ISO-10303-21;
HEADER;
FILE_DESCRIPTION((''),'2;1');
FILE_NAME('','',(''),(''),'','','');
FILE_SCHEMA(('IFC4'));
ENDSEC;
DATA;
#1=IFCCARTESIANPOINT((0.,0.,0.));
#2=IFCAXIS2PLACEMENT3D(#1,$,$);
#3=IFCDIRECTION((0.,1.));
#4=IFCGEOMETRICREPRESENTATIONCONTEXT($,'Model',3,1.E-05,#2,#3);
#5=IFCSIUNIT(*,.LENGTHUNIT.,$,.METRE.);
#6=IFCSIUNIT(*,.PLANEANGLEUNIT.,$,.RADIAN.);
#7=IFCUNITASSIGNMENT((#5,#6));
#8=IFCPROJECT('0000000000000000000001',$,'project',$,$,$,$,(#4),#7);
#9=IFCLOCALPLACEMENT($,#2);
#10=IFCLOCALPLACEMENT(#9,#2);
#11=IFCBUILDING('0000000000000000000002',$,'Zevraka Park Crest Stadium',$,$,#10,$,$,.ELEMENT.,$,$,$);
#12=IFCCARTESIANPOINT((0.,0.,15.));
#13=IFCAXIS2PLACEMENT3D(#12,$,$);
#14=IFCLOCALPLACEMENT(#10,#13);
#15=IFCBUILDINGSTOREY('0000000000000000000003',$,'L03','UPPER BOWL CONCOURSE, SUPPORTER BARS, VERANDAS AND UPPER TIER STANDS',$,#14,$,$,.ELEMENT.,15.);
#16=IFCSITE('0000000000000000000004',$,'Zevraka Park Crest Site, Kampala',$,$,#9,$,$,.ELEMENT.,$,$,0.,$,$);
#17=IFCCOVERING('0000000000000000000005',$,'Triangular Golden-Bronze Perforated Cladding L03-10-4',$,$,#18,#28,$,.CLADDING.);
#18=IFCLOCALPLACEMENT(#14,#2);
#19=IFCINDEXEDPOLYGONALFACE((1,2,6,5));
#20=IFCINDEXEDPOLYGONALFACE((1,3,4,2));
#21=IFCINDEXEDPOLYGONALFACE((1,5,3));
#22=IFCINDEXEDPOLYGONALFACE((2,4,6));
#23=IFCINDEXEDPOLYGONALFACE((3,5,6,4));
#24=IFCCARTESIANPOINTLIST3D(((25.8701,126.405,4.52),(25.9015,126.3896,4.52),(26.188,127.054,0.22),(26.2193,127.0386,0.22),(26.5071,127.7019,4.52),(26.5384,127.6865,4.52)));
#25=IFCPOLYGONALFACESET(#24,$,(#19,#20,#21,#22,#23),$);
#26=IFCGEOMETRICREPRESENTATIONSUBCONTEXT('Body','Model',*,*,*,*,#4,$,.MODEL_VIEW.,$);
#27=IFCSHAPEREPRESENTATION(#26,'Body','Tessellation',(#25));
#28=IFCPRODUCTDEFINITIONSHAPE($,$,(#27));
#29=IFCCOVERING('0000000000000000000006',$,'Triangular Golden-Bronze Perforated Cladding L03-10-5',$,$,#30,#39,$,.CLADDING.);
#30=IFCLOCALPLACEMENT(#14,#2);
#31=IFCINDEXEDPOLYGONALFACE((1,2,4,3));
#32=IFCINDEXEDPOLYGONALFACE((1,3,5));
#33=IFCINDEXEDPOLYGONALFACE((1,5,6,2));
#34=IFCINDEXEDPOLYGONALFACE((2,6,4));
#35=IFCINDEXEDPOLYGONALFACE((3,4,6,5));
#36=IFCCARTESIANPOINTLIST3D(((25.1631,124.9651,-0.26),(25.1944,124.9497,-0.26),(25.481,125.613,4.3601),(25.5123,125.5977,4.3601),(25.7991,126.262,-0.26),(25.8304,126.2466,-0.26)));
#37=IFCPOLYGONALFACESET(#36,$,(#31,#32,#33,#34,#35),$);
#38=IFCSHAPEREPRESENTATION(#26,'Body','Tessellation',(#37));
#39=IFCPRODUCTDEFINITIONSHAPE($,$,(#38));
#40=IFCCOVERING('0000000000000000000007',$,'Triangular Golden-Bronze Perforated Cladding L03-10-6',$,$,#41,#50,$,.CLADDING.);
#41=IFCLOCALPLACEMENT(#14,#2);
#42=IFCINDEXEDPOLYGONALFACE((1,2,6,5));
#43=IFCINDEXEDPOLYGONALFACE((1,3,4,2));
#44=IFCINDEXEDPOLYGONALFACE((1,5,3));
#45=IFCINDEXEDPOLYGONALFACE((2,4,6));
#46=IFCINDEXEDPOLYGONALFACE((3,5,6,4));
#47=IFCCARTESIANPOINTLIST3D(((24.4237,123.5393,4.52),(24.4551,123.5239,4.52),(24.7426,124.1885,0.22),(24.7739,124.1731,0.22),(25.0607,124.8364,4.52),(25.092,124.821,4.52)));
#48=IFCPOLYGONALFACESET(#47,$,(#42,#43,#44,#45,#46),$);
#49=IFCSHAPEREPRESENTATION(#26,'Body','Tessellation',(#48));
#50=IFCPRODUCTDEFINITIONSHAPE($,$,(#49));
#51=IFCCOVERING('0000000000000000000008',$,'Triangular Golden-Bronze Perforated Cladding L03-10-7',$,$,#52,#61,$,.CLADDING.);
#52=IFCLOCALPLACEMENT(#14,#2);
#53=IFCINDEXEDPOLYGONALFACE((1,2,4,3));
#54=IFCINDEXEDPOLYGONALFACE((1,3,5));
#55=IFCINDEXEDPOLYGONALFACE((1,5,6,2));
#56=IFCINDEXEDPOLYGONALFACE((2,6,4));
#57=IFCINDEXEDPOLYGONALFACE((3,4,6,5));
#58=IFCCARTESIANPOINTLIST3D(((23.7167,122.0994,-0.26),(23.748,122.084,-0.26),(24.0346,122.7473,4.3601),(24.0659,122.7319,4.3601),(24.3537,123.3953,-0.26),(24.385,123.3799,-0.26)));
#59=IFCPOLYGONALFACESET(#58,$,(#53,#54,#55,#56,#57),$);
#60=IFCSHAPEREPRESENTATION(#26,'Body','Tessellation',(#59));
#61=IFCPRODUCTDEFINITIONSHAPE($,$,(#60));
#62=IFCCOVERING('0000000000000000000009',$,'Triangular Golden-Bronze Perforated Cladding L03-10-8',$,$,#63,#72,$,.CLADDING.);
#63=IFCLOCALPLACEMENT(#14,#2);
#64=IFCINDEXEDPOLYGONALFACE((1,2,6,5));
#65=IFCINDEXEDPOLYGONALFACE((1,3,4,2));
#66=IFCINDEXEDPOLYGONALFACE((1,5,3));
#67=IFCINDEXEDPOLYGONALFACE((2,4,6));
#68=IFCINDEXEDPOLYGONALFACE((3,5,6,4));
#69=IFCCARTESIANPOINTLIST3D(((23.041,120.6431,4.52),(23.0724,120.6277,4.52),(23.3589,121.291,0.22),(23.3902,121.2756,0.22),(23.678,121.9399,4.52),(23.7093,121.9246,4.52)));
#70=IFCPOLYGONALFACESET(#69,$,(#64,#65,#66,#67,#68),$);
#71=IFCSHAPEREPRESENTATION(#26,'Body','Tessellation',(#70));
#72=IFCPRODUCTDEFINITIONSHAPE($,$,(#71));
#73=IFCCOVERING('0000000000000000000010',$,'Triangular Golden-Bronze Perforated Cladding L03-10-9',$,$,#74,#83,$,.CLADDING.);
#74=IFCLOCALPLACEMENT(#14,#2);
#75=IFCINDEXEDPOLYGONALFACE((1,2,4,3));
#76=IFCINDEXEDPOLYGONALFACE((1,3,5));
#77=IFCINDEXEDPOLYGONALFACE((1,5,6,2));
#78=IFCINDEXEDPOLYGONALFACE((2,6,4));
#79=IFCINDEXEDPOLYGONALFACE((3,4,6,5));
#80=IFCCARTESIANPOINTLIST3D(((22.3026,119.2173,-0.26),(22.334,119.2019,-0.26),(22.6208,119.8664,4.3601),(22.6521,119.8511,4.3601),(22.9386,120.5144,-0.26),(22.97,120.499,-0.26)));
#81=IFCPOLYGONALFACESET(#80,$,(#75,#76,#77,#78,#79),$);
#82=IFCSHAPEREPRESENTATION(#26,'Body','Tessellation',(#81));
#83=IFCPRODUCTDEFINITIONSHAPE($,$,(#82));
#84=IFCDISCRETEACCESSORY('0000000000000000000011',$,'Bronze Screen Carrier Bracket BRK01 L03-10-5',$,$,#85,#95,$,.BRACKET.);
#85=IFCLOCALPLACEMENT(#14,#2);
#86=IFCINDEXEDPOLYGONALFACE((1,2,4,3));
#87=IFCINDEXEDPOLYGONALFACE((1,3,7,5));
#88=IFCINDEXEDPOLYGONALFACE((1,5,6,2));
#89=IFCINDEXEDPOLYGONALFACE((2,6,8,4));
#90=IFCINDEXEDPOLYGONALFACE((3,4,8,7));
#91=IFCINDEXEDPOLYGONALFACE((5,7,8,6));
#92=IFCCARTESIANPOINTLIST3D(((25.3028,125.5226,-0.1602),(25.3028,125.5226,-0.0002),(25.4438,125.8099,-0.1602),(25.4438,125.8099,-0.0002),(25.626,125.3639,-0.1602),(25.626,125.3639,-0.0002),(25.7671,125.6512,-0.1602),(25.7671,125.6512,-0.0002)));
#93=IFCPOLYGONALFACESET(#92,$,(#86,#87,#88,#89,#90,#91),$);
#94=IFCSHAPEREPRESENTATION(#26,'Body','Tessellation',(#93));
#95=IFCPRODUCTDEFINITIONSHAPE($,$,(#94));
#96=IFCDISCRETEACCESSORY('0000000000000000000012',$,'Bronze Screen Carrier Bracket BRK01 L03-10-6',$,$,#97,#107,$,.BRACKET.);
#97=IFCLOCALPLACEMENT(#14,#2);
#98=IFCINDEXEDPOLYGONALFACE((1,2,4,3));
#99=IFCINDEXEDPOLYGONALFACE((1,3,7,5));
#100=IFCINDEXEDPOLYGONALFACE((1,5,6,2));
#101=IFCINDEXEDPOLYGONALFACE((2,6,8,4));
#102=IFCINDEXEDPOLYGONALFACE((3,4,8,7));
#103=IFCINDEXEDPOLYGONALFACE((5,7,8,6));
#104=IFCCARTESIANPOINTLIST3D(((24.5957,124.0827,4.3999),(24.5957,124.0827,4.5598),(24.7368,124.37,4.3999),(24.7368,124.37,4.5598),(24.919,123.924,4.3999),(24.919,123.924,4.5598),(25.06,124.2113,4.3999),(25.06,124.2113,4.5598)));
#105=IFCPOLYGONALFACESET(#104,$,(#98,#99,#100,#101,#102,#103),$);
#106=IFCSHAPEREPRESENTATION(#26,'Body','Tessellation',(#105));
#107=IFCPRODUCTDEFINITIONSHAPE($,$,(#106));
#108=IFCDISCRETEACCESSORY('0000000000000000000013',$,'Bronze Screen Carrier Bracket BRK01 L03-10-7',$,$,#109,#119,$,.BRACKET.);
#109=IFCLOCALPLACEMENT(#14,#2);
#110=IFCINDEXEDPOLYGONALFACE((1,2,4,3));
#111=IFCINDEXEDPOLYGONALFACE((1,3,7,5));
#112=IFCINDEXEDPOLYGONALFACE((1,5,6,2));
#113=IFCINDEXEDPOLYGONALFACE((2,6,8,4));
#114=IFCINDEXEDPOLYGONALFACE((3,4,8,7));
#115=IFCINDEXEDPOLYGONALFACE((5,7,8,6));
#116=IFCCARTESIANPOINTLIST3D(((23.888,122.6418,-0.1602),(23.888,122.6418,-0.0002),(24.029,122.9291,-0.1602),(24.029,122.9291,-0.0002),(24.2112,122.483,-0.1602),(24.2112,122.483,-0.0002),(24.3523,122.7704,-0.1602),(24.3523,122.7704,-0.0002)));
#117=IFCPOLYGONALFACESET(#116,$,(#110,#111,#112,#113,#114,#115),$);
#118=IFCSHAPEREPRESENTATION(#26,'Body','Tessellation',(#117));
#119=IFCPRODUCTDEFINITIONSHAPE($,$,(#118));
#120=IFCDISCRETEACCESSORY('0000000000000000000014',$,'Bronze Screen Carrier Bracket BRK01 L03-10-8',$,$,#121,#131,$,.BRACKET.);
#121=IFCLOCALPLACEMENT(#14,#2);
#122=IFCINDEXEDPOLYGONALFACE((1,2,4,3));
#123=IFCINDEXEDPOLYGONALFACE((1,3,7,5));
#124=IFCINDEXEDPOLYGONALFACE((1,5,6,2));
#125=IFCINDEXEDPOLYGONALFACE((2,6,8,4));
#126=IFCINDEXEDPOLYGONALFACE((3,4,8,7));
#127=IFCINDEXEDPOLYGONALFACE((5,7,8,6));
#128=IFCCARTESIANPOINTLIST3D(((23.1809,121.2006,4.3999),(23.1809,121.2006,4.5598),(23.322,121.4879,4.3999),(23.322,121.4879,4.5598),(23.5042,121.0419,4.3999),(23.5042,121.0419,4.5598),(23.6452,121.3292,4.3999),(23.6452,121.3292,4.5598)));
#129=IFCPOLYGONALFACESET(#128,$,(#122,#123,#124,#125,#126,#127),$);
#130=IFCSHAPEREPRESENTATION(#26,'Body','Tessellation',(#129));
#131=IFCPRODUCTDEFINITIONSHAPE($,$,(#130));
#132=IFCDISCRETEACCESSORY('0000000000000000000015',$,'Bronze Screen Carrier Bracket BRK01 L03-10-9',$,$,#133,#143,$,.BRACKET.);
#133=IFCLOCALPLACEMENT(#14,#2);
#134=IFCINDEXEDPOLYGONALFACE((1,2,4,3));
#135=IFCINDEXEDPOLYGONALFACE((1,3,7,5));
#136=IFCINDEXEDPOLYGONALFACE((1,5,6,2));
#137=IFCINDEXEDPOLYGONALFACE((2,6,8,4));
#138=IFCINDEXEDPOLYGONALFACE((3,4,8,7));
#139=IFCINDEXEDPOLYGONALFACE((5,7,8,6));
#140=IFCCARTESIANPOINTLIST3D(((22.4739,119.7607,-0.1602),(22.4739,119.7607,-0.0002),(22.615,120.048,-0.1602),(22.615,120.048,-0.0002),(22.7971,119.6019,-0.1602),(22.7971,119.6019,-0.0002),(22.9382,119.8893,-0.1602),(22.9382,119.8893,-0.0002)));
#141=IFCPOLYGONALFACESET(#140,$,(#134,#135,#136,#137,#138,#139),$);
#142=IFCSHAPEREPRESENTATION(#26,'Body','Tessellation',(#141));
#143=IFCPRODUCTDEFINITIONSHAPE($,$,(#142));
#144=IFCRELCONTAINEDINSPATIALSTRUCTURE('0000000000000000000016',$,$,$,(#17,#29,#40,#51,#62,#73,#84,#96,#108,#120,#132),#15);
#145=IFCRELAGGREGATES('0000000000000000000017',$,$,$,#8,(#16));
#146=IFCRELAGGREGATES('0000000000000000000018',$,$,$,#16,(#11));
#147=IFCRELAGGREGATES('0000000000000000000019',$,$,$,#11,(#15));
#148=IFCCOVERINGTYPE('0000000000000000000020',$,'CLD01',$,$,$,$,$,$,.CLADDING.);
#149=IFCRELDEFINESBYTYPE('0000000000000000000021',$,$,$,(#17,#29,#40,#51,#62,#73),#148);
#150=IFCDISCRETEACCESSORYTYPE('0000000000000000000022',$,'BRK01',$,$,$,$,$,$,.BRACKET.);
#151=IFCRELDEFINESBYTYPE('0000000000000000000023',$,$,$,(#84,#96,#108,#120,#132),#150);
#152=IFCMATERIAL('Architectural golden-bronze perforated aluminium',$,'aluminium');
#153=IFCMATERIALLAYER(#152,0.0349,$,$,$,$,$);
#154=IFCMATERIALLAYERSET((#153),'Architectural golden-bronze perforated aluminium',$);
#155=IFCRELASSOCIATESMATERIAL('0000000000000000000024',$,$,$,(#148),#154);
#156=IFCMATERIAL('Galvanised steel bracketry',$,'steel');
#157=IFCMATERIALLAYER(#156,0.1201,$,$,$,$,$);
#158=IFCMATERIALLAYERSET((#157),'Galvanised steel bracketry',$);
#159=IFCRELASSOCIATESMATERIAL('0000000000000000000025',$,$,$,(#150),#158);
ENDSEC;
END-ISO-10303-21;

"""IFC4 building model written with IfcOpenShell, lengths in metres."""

from ifc_helpers import new_model, si_unit, direction, frame, origin, origin_2d, place, context, subcontext, project, spatial, polyline, rectangle, outline, extrude, material, layer, layer_set, type_object, element, save


model = new_model("IFC4")

# Units and contexts
model_context = context("Model", 3, precision=1e-05, world=origin(), true_north=direction((0.0, 1.0)))
body_context = subcontext(model_context, "Body", "Model", "MODEL_VIEW")
ifc_project = project(units=[si_unit("LENGTHUNIT", "METRE"), si_unit("PLANEANGLEUNIT", "RADIAN")], contexts=[model_context])

# Site, building, storey
site_placement = place(None, origin())
site = spatial("IfcSite", under=ifc_project, at=site_placement, Name="Zevraka Park Crest Site, Kampala", CompositionType="ELEMENT", RefElevation=0.0)
building_placement = place(site_placement, origin())
building = spatial("IfcBuilding", under=site, at=building_placement, Name="Zevraka Park Crest Stadium", CompositionType="ELEMENT")
storey_placement = place(building_placement, frame((0.0, 0.0, 15.0)))
storey = spatial("IfcBuildingStorey", under=building, at=storey_placement, Name="L03", Description="UPPER BOWL CONCOURSE, SUPPORTER BARS, VERANDAS AND UPPER TIER STANDS", CompositionType="ELEMENT", Elevation=15.0)

# Coverings
ifc_material_1 = material(Name="Architectural golden-bronze perforated aluminium", Category="aluminium")
ifc_layer_1 = layer(ifc_material_1, 0.0349)
ifc_layer_set_1 = layer_set([ifc_layer_1], Name="Architectural golden-bronze perforated aluminium")
covering_type = type_object("IfcCoveringType", Name="CLD01", PredefinedType="CLADDING", material=ifc_layer_set_1)
covering_1_placement = place(storey_placement, frame((25.8701, 126.405, 4.52), z_axis=(-0.897581, 0.440849, 0.000177), x_axis=(0.440849, 0.897581, 0.0)))
element("IfcCovering", 1, at=covering_1_placement, inside=storey, type_object=covering_type, Name="Triangular Golden-Bronze Perforated Cladding L03-10-4", PredefinedType="CLADDING", context=body_context, shape_type="SweptSolid", body=[
    extrude(outline(polyline([(0.0, 0.0), (1.4449, 0.0), (0.7226, 4.3), (0.0, 0.0)])), origin(), (0.0, 0.0, -1.0), 0.0349),
])
covering_2_placement = place(storey_placement, frame((25.7991, 126.262, -0.26), z_axis=(-0.897849, 0.440304, 0.000023), x_axis=(-0.440304, -0.897849, 0.0)))
element("IfcCovering", 2, at=covering_2_placement, inside=storey, type_object=covering_type, Name="Triangular Golden-Bronze Perforated Cladding L03-10-5", PredefinedType="CLADDING", context=body_context, shape_type="SweptSolid", body=[
    extrude(outline(polyline([(0.0, 0.0), (1.4444, 0.0), (0.7227, 4.6201), (0.0, 0.0)])), origin(), (0.0, 0.0, -1.0), 0.0349),
])
covering_3_placement = place(storey_placement, frame((24.4551, 123.5239, 4.52), z_axis=(0.897614, -0.440782, 0.000014), x_axis=(0.440782, 0.897614, 0.0)))
element("IfcCovering", 3, at=covering_3_placement, inside=storey, type_object=covering_type, Name="Triangular Golden-Bronze Perforated Cladding L03-10-6", PredefinedType="CLADDING", context=body_context, shape_type="SweptSolid", body=[
    extrude(outline(polyline([(0.0, 0.0), (1.4451, 0.0), (0.7232, -4.3), (0.0, 0.0)])), origin(), (0.0, 0.0, -1.0), 0.0349),
])
covering_4_placement = place(storey_placement, frame((24.385, 123.3799, -0.26), z_axis=(0.89745, -0.441117, 0.000119), x_axis=(-0.441117, -0.89745, 0.0)))
element("IfcCovering", 4, at=covering_4_placement, inside=storey, type_object=covering_type, Name="Triangular Golden-Bronze Perforated Cladding L03-10-7", PredefinedType="CLADDING", context=body_context, shape_type="SweptSolid", body=[
    extrude(outline(polyline([(0.0, 0.0), (1.444, 0.0), (0.7223, -4.6201), (0.0, 0.0)])), origin(), (0.0, 0.0, -1.0), 0.0349),
])
covering_5_placement = place(storey_placement, frame((23.041, 120.6431, 4.52), z_axis=(-0.897581, 0.440849, 0.000077), x_axis=(0.440849, 0.897581, 0.0)))
element("IfcCovering", 5, at=covering_5_placement, inside=storey, type_object=covering_type, Name="Triangular Golden-Bronze Perforated Cladding L03-10-8", PredefinedType="CLADDING", context=body_context, shape_type="SweptSolid", body=[
    extrude(outline(polyline([(0.0, 0.0), (1.4449, 0.0), (0.7217, 4.3), (0.0, 0.0)])), origin(), (0.0, 0.0, -1.0), 0.0349),
])
covering_6_placement = place(storey_placement, frame((22.97, 120.499, -0.26), z_axis=(0.897881, -0.440237, 0.000034), x_axis=(-0.440237, -0.897881, 0.0)))
element("IfcCovering", 6, at=covering_6_placement, inside=storey, type_object=covering_type, Name="Triangular Golden-Bronze Perforated Cladding L03-10-9", PredefinedType="CLADDING", context=body_context, shape_type="SweptSolid", body=[
    extrude(outline(polyline([(0.0, 0.0), (1.4446, 0.0), (0.7217, -4.6201), (0.0, 0.0)])), origin(), (0.0, 0.0, -1.0), 0.0349),
])

# Discrete accessories
ifc_material_2 = material(Name="Galvanised steel bracketry", Category="steel")
ifc_layer_2 = layer(ifc_material_2, 0.1201)
ifc_layer_set_2 = layer_set([ifc_layer_2], Name="Galvanised steel bracketry")
discrete_accessory_type = type_object("IfcDiscreteAccessoryType", Name="BRK01", PredefinedType="BRACKET", material=ifc_layer_set_2)
for number, where, z_axis, x_axis, name in (
    (7, (25.5349, 125.5869, -0.1602), (0.0, 0.0, 1.0), (-0.440723, -0.897643, 0.0), "Bronze Screen Carrier Bracket BRK01 L03-10-5"),
    (8, (24.8279, 124.147, 4.3999), (0.0, 0.0, 1.0), (-0.440723, -0.897643, 0.0), "Bronze Screen Carrier Bracket BRK01 L03-10-6"),
    (9, (24.1201, 122.7061, -0.1602), (0.0, 0.0, 1.0), (-0.440723, -0.897643, 0.0), "Bronze Screen Carrier Bracket BRK01 L03-10-7"),
    (10, (23.4131, 121.2649, 4.3999), (0.0, 0.0, 1.0), (-0.440723, -0.897643, 0.0), "Bronze Screen Carrier Bracket BRK01 L03-10-8"),
    (11, (22.7061, 119.825, -0.1602), (0.0, 0.0, 1.0), (-0.440723, -0.897643, 0.0), "Bronze Screen Carrier Bracket BRK01 L03-10-9"),
):
    element("IfcDiscreteAccessory", number, at=place(storey_placement, frame(where, z_axis=z_axis, x_axis=x_axis)), inside=storey, type_object=discrete_accessory_type, Name=name, PredefinedType="BRACKET", context=body_context, shape_type="SweptSolid", body=[
        extrude(rectangle(XDim=0.3201, YDim=0.3601, at=origin_2d()), origin(), (0.0, 0.0, 1.0), 0.1599),
    ])

save(model, "model.ifc")
